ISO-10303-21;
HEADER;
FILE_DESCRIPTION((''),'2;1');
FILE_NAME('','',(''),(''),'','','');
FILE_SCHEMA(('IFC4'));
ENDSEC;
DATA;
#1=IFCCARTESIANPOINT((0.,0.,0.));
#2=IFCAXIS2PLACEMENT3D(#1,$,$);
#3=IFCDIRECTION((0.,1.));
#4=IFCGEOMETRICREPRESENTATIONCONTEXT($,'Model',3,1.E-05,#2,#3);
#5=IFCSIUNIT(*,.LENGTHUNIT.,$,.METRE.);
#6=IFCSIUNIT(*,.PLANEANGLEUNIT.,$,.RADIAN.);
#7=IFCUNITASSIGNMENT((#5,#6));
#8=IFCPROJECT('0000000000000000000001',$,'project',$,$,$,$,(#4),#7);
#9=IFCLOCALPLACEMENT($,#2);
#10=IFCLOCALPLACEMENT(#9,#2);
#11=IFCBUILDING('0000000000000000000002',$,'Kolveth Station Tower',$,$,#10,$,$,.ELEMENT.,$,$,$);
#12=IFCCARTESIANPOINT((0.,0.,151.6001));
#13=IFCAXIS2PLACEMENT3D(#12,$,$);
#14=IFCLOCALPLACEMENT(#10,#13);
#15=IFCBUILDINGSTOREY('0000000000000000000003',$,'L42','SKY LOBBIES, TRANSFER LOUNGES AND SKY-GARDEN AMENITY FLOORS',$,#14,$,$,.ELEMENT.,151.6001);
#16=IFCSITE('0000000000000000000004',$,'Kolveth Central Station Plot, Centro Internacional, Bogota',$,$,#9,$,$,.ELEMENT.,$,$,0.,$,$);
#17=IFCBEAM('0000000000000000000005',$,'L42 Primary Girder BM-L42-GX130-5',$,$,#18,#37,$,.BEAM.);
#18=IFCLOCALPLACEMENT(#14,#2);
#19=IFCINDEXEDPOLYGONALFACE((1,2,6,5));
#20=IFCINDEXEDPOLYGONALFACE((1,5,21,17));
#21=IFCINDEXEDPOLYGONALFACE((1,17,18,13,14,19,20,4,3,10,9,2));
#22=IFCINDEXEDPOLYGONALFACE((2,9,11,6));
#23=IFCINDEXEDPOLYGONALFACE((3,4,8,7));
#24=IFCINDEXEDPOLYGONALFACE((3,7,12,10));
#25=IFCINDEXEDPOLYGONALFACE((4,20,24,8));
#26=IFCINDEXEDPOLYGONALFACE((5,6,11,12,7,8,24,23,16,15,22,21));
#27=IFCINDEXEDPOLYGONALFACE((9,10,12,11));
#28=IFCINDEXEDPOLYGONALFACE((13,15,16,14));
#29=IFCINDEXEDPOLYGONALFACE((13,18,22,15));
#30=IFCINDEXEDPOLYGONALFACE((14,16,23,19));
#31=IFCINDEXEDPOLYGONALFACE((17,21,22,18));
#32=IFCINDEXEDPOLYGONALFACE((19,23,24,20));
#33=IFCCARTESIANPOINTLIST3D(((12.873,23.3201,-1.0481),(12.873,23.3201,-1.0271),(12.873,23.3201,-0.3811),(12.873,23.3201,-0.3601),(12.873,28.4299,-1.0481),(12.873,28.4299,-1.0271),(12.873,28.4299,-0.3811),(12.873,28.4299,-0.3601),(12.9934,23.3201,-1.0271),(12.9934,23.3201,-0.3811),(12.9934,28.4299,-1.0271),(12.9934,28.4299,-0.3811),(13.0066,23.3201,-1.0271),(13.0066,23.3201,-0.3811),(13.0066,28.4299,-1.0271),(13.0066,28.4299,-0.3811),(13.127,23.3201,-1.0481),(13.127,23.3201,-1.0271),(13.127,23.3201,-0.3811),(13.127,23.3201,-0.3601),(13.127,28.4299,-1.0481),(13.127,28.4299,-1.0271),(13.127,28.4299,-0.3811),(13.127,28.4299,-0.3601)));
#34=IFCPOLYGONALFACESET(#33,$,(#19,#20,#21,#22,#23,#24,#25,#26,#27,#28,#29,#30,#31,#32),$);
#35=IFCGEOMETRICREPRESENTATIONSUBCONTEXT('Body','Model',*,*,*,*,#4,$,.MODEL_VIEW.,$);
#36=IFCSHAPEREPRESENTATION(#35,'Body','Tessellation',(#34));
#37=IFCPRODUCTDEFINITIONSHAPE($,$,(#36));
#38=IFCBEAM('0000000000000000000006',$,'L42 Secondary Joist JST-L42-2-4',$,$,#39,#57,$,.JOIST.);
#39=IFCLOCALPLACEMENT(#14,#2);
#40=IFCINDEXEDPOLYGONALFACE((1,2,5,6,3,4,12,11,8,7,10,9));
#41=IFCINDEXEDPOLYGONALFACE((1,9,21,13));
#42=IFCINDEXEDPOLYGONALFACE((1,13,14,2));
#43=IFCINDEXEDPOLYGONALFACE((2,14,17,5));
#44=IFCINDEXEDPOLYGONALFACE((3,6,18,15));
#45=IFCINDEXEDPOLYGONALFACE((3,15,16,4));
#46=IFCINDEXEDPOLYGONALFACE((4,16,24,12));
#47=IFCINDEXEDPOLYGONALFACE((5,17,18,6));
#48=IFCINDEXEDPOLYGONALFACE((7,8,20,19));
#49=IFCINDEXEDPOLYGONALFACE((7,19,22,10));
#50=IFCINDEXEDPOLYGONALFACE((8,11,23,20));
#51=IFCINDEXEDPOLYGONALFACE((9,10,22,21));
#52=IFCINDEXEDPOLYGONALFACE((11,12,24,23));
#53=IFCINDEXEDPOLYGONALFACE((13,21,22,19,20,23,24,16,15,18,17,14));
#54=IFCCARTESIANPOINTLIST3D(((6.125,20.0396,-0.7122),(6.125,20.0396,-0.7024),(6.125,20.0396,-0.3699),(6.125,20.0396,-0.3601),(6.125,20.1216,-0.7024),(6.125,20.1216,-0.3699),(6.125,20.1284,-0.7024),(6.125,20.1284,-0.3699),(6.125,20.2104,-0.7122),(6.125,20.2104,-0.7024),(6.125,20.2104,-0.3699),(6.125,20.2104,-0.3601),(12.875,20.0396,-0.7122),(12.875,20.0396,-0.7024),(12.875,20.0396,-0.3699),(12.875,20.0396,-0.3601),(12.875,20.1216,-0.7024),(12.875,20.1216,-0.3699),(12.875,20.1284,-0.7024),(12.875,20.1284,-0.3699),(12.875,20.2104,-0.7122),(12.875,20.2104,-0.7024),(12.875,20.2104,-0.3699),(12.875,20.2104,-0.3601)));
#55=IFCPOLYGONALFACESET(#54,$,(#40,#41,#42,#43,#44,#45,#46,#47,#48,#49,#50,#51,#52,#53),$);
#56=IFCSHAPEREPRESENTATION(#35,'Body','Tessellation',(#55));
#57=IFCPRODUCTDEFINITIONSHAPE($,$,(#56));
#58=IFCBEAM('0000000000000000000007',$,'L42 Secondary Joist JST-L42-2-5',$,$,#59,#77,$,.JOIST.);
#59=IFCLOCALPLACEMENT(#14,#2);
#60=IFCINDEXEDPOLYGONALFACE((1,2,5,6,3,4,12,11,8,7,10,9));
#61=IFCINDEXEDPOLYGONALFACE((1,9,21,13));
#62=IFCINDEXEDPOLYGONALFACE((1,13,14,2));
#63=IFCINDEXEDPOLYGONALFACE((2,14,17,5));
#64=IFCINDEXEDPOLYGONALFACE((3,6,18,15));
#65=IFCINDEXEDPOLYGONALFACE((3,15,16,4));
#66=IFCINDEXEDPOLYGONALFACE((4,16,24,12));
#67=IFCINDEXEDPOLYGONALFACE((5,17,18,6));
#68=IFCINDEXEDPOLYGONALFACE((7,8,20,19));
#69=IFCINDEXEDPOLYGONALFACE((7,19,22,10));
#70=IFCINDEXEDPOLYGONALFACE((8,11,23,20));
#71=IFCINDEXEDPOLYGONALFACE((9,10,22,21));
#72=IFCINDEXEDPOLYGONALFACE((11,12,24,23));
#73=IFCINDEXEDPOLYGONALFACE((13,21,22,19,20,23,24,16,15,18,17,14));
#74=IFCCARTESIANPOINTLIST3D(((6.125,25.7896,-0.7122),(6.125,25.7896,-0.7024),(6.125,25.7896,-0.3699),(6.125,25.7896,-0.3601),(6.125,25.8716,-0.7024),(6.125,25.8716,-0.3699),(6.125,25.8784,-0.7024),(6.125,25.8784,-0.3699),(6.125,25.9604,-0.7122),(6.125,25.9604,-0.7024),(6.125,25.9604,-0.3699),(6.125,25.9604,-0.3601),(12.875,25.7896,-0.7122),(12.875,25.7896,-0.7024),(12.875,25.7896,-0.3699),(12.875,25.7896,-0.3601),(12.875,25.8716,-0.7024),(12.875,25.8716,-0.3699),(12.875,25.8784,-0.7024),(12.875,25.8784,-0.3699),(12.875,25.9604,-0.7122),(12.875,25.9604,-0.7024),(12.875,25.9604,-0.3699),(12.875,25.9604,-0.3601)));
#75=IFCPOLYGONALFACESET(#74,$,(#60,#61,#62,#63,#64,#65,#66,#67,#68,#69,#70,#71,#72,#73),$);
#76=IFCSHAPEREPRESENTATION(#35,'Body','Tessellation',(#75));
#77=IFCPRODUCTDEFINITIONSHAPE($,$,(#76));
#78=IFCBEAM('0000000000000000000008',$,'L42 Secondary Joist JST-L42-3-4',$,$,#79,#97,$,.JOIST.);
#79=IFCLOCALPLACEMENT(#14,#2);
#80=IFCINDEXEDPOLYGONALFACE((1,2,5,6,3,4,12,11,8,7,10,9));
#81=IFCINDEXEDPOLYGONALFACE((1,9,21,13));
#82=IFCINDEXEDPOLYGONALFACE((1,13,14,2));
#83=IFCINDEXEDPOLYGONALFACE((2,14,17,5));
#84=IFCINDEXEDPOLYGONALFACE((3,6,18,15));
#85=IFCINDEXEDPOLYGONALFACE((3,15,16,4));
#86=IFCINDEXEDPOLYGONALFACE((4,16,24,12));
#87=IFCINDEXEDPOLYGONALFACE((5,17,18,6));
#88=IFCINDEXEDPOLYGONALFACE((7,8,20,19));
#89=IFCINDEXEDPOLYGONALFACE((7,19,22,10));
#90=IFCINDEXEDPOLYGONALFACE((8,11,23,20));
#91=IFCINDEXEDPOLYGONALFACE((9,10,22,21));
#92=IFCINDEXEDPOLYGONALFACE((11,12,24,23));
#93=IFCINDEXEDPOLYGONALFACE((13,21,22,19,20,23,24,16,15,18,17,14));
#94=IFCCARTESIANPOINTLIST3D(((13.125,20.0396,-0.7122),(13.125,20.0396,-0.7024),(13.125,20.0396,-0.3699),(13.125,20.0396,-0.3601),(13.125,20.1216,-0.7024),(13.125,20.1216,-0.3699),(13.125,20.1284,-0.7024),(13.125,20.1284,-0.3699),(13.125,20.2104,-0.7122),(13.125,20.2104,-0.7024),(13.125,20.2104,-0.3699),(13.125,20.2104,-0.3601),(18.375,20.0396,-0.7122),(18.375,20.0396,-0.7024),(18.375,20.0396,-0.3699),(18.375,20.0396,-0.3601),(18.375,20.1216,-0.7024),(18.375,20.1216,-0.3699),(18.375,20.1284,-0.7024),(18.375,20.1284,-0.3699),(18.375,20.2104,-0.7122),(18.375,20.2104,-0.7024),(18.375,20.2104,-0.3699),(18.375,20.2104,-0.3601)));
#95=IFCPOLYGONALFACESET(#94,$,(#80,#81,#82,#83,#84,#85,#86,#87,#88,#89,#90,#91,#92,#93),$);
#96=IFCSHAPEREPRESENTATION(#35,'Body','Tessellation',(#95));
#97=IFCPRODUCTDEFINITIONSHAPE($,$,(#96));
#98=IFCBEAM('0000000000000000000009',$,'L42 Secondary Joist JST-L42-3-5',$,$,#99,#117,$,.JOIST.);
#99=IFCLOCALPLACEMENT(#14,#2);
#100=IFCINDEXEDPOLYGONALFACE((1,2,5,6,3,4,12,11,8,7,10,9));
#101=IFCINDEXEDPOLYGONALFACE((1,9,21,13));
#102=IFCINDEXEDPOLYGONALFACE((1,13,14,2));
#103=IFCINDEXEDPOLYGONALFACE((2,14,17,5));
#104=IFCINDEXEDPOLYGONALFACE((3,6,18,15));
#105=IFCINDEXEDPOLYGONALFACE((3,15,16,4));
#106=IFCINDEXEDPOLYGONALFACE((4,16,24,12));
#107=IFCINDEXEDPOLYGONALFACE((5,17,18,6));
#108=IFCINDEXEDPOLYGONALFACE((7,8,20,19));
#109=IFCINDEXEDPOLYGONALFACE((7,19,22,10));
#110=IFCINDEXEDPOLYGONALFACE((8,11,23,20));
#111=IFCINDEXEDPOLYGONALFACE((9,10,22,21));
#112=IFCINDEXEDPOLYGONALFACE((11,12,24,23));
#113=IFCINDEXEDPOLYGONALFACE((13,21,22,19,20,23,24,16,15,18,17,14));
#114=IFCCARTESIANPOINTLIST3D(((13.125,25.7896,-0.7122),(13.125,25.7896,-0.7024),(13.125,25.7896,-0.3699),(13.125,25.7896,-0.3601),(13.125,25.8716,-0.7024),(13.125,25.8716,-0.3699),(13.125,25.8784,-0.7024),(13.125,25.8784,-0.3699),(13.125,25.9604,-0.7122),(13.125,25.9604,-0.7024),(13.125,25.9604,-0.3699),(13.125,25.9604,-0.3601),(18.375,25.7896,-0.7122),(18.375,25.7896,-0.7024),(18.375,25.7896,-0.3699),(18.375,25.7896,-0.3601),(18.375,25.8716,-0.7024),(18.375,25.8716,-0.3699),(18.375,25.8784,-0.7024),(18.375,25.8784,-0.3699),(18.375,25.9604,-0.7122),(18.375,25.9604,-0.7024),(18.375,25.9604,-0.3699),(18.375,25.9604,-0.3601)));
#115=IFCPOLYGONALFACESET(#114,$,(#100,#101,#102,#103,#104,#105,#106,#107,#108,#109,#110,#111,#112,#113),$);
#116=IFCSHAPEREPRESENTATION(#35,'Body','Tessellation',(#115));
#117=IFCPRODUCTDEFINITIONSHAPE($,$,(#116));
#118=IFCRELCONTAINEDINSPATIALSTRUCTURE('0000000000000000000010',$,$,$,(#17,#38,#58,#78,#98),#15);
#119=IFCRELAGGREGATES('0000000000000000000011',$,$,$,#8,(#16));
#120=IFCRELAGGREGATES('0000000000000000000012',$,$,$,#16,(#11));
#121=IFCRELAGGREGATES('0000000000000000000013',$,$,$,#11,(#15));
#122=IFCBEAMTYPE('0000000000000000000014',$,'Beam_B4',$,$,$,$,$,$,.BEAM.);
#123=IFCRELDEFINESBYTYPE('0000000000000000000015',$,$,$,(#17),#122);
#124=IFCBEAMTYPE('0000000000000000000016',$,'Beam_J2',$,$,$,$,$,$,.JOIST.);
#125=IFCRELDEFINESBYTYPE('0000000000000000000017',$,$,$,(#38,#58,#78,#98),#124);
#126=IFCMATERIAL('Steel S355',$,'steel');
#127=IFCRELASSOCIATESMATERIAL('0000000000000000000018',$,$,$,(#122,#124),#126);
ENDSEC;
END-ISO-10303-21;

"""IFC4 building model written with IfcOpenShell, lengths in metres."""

from ifc_helpers import new_model, si_unit, direction, frame, origin, origin_2d, place, context, subcontext, project, spatial, i_section, extrude, source, transform, mapped, material, material_profile, profile_set, type_object, element, save


model = new_model("IFC4")

# Units and contexts
model_context = context("Model", 3, precision=1e-05, world=origin(), true_north=direction((0.0, 1.0)))
body_context = subcontext(model_context, "Body", "Model", "MODEL_VIEW")
ifc_project = project(units=[si_unit("LENGTHUNIT", "METRE"), si_unit("PLANEANGLEUNIT", "RADIAN")], contexts=[model_context])

# Site, building, storey
site_placement = place(None, origin())
site = spatial("IfcSite", under=ifc_project, at=site_placement, Name="Kolveth Central Station Plot, Centro Internacional, Bogota", CompositionType="ELEMENT", RefElevation=0.0)
building_placement = place(site_placement, origin())
building = spatial("IfcBuilding", under=site, at=building_placement, Name="Kolveth Station Tower", CompositionType="ELEMENT")
storey_placement = place(building_placement, frame((0.0, 0.0, 151.6001)))
storey = spatial("IfcBuildingStorey", under=building, at=storey_placement, Name="L42", Description="SKY LOBBIES, TRANSFER LOUNGES AND SKY-GARDEN AMENITY FLOORS", CompositionType="ELEMENT", Elevation=151.6001)

# Shared definitions
ifc_material_1 = material(Name="Steel S355", Category="steel")

# Beams
ifc_material_profile_1 = material_profile(ifc_material_1, i_section(OverallWidth=0.2539, OverallDepth=0.688, WebThickness=0.0132, FlangeThickness=0.021, at=origin_2d()), Name="W690x152")
ifc_profile_set_1 = profile_set([ifc_material_profile_1], Name="Steel S355")
beam_type_1 = type_object("IfcBeamType", Name="Beam_B4", PredefinedType="BEAM", material=ifc_profile_set_1)
shared_shape_1 = source(origin(), body_context, "Body", "SweptSolid", [
    extrude(i_section(OverallWidth=0.2539, OverallDepth=0.688, WebThickness=0.0132, FlangeThickness=0.021, at=origin_2d()), origin(), (0.0, 0.0, 1.0), 5.1099),
])
for number, where, z_axis, x_axis, name in (
    (1, (13.0, 23.3201, -0.7041), (0.0, 1.0, 0.0), (-1.0, 0.0, 0.0), "L42 Primary Girder BM-L42-GX130-5"),
):
    element("IfcBeam", number, at=place(storey_placement, frame(where, z_axis=z_axis, x_axis=x_axis)), inside=storey, type_object=beam_type_1, Name=name, PredefinedType="BEAM", context=body_context, shape_type="MappedRepresentation", body=[
        mapped(shared_shape_1, transform((0.0, 0.0, 0.0), x_axis=(1.0, 0.0, 0.0), y_axis=(0.0, 1.0, 0.0), z_axis=(0.0, 0.0, 1.0), scale=1.0)),
    ])
ifc_material_profile_2 = material_profile(ifc_material_1, i_section(OverallWidth=0.1709, OverallDepth=0.3521, WebThickness=0.0068, FlangeThickness=0.0098, at=origin_2d()), Name="W360x44")
ifc_profile_set_2 = profile_set([ifc_material_profile_2], Name="Steel S355")
beam_type_2 = type_object("IfcBeamType", Name="Beam_J2", PredefinedType="JOIST", material=ifc_profile_set_2)
shared_shape_2 = source(origin(), body_context, "Body", "SweptSolid", [
    extrude(i_section(OverallWidth=0.1709, OverallDepth=0.3521, WebThickness=0.0068, FlangeThickness=0.0098, at=origin_2d()), origin(), (0.0, 0.0, 1.0), 6.75),
])
for number, where, z_axis, x_axis, name in (
    (2, (6.125, 20.125, -0.5361), (1.0, 0.0, 0.0), (0.0, 1.0, 0.0), "L42 Secondary Joist JST-L42-2-4"),
    (3, (6.125, 25.875, -0.5361), (1.0, 0.0, 0.0), (0.0, 1.0, 0.0), "L42 Secondary Joist JST-L42-2-5"),
):
    element("IfcBeam", number, at=place(storey_placement, frame(where, z_axis=z_axis, x_axis=x_axis)), inside=storey, type_object=beam_type_2, Name=name, PredefinedType="JOIST", context=body_context, shape_type="MappedRepresentation", body=[
        mapped(shared_shape_2, transform((0.0, 0.0, 0.0), x_axis=(1.0, 0.0, 0.0), y_axis=(0.0, 1.0, 0.0), z_axis=(0.0, 0.0, 1.0), scale=1.0)),
    ])
shared_shape_3 = source(origin(), body_context, "Body", "SweptSolid", [
    extrude(i_section(OverallWidth=0.1709, OverallDepth=0.3521, WebThickness=0.0068, FlangeThickness=0.0098, at=origin_2d()), origin(), (0.0, 0.0, 1.0), 5.25),
])
for number, where, z_axis, x_axis, name in (
    (4, (13.125, 20.125, -0.5361), (1.0, 0.0, 0.0), (0.0, 1.0, 0.0), "L42 Secondary Joist JST-L42-3-4"),
    (5, (13.125, 25.875, -0.5361), (1.0, 0.0, 0.0), (0.0, 1.0, 0.0), "L42 Secondary Joist JST-L42-3-5"),
):
    element("IfcBeam", number, at=place(storey_placement, frame(where, z_axis=z_axis, x_axis=x_axis)), inside=storey, type_object=beam_type_2, Name=name, PredefinedType="JOIST", context=body_context, shape_type="MappedRepresentation", body=[
        mapped(shared_shape_3, transform((0.0, 0.0, 0.0), x_axis=(1.0, 0.0, 0.0), y_axis=(0.0, 1.0, 0.0), z_axis=(0.0, 0.0, 1.0), scale=1.0)),
    ])

save(model, "model.ifc")
